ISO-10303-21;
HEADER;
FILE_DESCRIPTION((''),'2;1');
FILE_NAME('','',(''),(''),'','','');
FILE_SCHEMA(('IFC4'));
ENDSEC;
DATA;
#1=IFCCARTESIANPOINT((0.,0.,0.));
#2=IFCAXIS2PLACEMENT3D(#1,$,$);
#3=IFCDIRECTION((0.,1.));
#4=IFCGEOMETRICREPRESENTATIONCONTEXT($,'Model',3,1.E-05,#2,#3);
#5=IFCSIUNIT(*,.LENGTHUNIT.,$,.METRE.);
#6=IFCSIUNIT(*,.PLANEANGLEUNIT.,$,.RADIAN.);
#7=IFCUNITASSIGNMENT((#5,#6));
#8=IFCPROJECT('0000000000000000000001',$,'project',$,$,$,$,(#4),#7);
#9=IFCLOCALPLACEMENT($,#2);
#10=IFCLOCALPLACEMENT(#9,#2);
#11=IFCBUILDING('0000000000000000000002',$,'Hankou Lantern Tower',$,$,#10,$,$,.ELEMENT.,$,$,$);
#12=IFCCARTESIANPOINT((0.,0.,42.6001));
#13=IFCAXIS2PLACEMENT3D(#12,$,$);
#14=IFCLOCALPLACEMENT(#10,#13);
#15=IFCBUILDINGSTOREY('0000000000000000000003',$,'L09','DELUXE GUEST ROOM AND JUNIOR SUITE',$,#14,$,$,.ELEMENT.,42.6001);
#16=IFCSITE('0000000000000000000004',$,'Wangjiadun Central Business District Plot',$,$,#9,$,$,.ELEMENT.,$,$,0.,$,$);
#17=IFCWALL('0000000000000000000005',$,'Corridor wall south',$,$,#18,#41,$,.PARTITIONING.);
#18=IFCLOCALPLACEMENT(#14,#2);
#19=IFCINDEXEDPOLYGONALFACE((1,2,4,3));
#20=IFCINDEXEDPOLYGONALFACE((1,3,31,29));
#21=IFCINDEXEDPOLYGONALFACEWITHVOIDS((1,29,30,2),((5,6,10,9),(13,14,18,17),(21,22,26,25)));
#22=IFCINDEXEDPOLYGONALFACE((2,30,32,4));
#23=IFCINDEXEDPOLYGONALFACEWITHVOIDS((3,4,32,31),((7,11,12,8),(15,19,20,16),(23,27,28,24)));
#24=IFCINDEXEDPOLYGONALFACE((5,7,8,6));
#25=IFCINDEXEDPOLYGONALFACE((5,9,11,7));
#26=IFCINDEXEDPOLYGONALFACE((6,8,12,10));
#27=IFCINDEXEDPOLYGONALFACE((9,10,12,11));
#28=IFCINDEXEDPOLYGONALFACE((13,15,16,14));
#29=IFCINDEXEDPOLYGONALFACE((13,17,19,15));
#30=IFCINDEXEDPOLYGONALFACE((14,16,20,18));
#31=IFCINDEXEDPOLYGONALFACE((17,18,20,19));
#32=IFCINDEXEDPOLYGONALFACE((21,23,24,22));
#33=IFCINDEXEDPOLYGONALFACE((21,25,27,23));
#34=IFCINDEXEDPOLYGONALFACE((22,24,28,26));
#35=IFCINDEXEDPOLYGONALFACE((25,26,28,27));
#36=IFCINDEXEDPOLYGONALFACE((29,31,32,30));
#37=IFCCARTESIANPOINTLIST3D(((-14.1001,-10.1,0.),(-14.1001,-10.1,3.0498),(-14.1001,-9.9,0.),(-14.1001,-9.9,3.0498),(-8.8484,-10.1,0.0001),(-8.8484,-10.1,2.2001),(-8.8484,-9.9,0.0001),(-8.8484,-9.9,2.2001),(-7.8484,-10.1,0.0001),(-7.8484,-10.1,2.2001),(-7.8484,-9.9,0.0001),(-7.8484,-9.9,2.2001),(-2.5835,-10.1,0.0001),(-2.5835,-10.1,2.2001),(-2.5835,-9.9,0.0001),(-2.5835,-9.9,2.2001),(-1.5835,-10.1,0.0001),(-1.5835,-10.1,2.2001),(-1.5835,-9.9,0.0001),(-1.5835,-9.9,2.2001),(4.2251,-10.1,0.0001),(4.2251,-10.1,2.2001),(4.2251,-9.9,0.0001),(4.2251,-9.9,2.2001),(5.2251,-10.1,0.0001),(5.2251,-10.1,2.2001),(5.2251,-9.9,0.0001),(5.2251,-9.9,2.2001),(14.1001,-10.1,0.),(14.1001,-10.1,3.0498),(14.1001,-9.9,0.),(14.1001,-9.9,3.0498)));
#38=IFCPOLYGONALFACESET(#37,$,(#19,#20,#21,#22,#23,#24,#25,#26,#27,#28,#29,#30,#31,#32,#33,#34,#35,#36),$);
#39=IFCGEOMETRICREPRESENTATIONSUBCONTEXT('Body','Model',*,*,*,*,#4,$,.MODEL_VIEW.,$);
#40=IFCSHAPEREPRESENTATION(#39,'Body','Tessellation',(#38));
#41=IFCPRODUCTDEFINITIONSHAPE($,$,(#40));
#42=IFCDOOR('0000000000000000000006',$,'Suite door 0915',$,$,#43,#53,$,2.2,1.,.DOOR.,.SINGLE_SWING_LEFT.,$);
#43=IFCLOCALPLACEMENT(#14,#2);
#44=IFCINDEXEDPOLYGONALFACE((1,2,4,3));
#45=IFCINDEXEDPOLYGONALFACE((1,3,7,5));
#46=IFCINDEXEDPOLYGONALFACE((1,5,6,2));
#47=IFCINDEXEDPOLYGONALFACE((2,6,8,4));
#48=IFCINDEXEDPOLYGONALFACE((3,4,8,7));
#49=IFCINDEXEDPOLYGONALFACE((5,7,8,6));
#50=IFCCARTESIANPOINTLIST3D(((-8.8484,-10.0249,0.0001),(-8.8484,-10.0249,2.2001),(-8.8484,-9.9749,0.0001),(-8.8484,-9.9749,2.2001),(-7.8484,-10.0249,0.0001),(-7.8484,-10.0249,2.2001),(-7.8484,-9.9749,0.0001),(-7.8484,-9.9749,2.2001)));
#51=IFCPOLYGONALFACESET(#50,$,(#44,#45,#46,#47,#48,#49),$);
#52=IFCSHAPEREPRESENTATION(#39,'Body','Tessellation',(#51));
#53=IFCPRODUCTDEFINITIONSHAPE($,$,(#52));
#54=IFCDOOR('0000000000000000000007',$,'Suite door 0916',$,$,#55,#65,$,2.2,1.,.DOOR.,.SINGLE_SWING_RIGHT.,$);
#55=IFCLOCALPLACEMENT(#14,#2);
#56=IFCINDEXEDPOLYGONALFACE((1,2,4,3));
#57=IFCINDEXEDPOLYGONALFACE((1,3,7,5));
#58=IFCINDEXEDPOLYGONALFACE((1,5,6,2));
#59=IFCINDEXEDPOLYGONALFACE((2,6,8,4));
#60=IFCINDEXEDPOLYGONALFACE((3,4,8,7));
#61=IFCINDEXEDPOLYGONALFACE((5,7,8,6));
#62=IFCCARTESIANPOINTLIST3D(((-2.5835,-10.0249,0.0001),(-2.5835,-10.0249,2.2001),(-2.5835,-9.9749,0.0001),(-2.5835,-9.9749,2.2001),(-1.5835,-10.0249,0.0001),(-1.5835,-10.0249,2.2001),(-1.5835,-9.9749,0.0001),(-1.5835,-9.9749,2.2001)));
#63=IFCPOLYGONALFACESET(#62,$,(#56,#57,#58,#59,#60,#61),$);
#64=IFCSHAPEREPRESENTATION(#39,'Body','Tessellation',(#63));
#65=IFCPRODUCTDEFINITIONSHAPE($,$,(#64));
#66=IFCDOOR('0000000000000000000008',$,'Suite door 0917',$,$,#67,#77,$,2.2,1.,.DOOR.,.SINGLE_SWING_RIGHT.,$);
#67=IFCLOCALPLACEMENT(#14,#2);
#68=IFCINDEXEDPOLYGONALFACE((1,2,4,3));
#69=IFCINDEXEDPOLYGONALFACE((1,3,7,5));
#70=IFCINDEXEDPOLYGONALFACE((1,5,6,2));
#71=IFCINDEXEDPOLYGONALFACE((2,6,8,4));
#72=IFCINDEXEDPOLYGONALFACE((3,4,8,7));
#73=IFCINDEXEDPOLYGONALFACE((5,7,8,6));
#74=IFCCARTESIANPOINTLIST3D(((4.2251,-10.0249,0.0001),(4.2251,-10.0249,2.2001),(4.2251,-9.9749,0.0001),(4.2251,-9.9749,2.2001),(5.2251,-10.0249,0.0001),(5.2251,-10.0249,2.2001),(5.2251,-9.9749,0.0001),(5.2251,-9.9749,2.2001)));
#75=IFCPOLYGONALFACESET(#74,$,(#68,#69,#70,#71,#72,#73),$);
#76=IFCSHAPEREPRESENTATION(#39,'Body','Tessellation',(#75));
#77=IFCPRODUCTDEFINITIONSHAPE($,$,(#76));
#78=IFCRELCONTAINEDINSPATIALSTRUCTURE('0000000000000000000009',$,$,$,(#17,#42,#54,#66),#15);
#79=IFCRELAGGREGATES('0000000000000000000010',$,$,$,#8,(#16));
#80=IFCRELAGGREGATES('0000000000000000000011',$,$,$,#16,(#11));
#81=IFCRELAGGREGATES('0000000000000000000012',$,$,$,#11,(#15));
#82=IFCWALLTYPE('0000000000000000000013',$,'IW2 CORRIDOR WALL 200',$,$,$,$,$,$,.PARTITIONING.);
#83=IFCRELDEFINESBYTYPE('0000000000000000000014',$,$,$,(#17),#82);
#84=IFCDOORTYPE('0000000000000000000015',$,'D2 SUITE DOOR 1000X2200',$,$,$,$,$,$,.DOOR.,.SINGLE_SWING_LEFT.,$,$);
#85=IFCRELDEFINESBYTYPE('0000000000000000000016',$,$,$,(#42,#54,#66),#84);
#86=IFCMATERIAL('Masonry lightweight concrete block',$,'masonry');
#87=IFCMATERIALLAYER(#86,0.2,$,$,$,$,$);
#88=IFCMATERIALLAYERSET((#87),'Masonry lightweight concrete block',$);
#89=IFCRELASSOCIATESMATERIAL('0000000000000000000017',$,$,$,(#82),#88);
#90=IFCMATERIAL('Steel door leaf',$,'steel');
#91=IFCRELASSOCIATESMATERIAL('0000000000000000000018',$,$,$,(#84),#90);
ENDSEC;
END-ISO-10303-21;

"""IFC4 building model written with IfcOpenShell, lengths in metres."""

from ifc_helpers import new_model, si_unit, direction, frame, frame_2d, origin, place, context, subcontext, project, spatial, rectangle, extrude, material, layer, layer_set, type_object, element, fill, save


model = new_model("IFC4")

# Units and contexts
model_context = context("Model", 3, precision=1e-05, world=origin(), true_north=direction((0.0, 1.0)))
body_context = subcontext(model_context, "Body", "Model", "MODEL_VIEW")
ifc_project = project(units=[si_unit("LENGTHUNIT", "METRE"), si_unit("PLANEANGLEUNIT", "RADIAN")], contexts=[model_context])

# Site, building, storey
site_placement = place(None, origin())
site = spatial("IfcSite", under=ifc_project, at=site_placement, Name="Wangjiadun Central Business District Plot", CompositionType="ELEMENT", RefElevation=0.0)
building_placement = place(site_placement, origin())
building = spatial("IfcBuilding", under=site, at=building_placement, Name="Hankou Lantern Tower", CompositionType="ELEMENT")
storey_placement = place(building_placement, frame((0.0, 0.0, 42.6001)))
storey = spatial("IfcBuildingStorey", under=building, at=storey_placement, Name="L09", Description="DELUXE GUEST ROOM AND JUNIOR SUITE", CompositionType="ELEMENT", Elevation=42.6001)

# Wall, openings, doors
ifc_material_1 = material(Name="Masonry lightweight concrete block", Category="masonry")
ifc_layer_1 = layer(ifc_material_1, 0.2)
ifc_layer_set_1 = layer_set([ifc_layer_1], Name="Masonry lightweight concrete block")
wall_type_1 = type_object("IfcWallType", Name="IW2 CORRIDOR WALL 200", PredefinedType="PARTITIONING", material=ifc_layer_set_1)
ifc_material_2 = material(Name="Steel door leaf", Category="steel")
door_type_1 = type_object("IfcDoorType", Name="D2 SUITE DOOR 1000X2200", OperationType="SINGLE_SWING_LEFT", PredefinedType="DOOR", material=ifc_material_2)
wall_1_placement = place(storey_placement, frame((14.1001, -10.0, 0.0), z_axis=(0.0, 0.0, 1.0), x_axis=(-1.0, 0.0, 0.0)))
wall_1 = element("IfcWall", 1, at=wall_1_placement, inside=storey, type_object=wall_type_1, Name="Corridor wall south", PredefinedType="PARTITIONING", context=body_context, shape_type="SweptSolid", body=[
    extrude(rectangle(XDim=28.2002, YDim=0.2, at=frame_2d((14.1001, 0.0))), origin(), (0.0, 0.0, 1.0), 3.0498),
])
opening_1_placement = place(wall_1_placement, frame((21.9485, 0.0, 0.0)))
opening_1 = element("IfcOpeningElement", 2, at=opening_1_placement, cuts=wall_1, PredefinedType="OPENING", context=body_context, shape_type="SweptSolid", body=[
    extrude(rectangle(XDim=1.0, YDim=2.2, at=frame_2d((0.5, 1.1001))), frame((0.0, 0.1099, 0.0), z_axis=(0.0, -1.0, 0.0), x_axis=(1.0, 0.0, 0.0)), (0.0, 0.0, 1.0), 0.22),
])
opening_2_placement = place(wall_1_placement, frame((15.6836, 0.0, 0.0)))
opening_2 = element("IfcOpeningElement", 3, at=opening_2_placement, cuts=wall_1, PredefinedType="OPENING", context=body_context, shape_type="SweptSolid", body=[
    extrude(rectangle(XDim=1.0, YDim=2.2, at=frame_2d((0.5, 1.1001))), frame((0.0, 0.1099, 0.0), z_axis=(0.0, -1.0, 0.0), x_axis=(1.0, 0.0, 0.0)), (0.0, 0.0, 1.0), 0.22),
])
opening_3_placement = place(wall_1_placement, frame((8.875, 0.0, 0.0)))
opening_3 = element("IfcOpeningElement", 4, at=opening_3_placement, cuts=wall_1, PredefinedType="OPENING", context=body_context, shape_type="SweptSolid", body=[
    extrude(rectangle(XDim=1.0, YDim=2.2, at=frame_2d((0.5, 1.1001))), frame((0.0, 0.1099, 0.0), z_axis=(0.0, -1.0, 0.0), x_axis=(1.0, 0.0, 0.0)), (0.0, 0.0, 1.0), 0.22),
])
door_1_placement = place(opening_1_placement, origin())
door_1 = element("IfcDoor", 5, at=door_1_placement, inside=storey, type_object=door_type_1, Name="Suite door 0915", OperationType="SINGLE_SWING_LEFT", OverallHeight=2.2, OverallWidth=1.0, PredefinedType="DOOR", context=body_context, shape_type="SweptSolid", body=[
    extrude(rectangle(XDim=1.0, YDim=2.2, at=frame_2d((0.5, 1.1001))), frame((0.0, 0.0249, 0.0), z_axis=(0.0, -1.0, 0.0), x_axis=(1.0, 0.0, 0.0)), (0.0, 0.0, 1.0), 0.05),
])
fill(opening_1, door_1)
door_2_placement = place(opening_2_placement, origin())
door_2 = element("IfcDoor", 6, at=door_2_placement, inside=storey, type_object=door_type_1, Name="Suite door 0916", OperationType="SINGLE_SWING_RIGHT", OverallHeight=2.2, OverallWidth=1.0, PredefinedType="DOOR", context=body_context, shape_type="SweptSolid", body=[
    extrude(rectangle(XDim=1.0, YDim=2.2, at=frame_2d((0.5, 1.1001))), frame((0.0, 0.0249, 0.0), z_axis=(0.0, -1.0, 0.0), x_axis=(1.0, 0.0, 0.0)), (0.0, 0.0, 1.0), 0.05),
])
fill(opening_2, door_2)
door_3_placement = place(opening_3_placement, origin())
door_3 = element("IfcDoor", 7, at=door_3_placement, inside=storey, type_object=door_type_1, Name="Suite door 0917", OperationType="SINGLE_SWING_RIGHT", OverallHeight=2.2, OverallWidth=1.0, PredefinedType="DOOR", context=body_context, shape_type="SweptSolid", body=[
    extrude(rectangle(XDim=1.0, YDim=2.2, at=frame_2d((0.5, 1.1001))), frame((0.0, 0.0249, 0.0), z_axis=(0.0, -1.0, 0.0), x_axis=(1.0, 0.0, 0.0)), (0.0, 0.0, 1.0), 0.05),
])
fill(opening_3, door_3)

save(model, "model.ifc")
